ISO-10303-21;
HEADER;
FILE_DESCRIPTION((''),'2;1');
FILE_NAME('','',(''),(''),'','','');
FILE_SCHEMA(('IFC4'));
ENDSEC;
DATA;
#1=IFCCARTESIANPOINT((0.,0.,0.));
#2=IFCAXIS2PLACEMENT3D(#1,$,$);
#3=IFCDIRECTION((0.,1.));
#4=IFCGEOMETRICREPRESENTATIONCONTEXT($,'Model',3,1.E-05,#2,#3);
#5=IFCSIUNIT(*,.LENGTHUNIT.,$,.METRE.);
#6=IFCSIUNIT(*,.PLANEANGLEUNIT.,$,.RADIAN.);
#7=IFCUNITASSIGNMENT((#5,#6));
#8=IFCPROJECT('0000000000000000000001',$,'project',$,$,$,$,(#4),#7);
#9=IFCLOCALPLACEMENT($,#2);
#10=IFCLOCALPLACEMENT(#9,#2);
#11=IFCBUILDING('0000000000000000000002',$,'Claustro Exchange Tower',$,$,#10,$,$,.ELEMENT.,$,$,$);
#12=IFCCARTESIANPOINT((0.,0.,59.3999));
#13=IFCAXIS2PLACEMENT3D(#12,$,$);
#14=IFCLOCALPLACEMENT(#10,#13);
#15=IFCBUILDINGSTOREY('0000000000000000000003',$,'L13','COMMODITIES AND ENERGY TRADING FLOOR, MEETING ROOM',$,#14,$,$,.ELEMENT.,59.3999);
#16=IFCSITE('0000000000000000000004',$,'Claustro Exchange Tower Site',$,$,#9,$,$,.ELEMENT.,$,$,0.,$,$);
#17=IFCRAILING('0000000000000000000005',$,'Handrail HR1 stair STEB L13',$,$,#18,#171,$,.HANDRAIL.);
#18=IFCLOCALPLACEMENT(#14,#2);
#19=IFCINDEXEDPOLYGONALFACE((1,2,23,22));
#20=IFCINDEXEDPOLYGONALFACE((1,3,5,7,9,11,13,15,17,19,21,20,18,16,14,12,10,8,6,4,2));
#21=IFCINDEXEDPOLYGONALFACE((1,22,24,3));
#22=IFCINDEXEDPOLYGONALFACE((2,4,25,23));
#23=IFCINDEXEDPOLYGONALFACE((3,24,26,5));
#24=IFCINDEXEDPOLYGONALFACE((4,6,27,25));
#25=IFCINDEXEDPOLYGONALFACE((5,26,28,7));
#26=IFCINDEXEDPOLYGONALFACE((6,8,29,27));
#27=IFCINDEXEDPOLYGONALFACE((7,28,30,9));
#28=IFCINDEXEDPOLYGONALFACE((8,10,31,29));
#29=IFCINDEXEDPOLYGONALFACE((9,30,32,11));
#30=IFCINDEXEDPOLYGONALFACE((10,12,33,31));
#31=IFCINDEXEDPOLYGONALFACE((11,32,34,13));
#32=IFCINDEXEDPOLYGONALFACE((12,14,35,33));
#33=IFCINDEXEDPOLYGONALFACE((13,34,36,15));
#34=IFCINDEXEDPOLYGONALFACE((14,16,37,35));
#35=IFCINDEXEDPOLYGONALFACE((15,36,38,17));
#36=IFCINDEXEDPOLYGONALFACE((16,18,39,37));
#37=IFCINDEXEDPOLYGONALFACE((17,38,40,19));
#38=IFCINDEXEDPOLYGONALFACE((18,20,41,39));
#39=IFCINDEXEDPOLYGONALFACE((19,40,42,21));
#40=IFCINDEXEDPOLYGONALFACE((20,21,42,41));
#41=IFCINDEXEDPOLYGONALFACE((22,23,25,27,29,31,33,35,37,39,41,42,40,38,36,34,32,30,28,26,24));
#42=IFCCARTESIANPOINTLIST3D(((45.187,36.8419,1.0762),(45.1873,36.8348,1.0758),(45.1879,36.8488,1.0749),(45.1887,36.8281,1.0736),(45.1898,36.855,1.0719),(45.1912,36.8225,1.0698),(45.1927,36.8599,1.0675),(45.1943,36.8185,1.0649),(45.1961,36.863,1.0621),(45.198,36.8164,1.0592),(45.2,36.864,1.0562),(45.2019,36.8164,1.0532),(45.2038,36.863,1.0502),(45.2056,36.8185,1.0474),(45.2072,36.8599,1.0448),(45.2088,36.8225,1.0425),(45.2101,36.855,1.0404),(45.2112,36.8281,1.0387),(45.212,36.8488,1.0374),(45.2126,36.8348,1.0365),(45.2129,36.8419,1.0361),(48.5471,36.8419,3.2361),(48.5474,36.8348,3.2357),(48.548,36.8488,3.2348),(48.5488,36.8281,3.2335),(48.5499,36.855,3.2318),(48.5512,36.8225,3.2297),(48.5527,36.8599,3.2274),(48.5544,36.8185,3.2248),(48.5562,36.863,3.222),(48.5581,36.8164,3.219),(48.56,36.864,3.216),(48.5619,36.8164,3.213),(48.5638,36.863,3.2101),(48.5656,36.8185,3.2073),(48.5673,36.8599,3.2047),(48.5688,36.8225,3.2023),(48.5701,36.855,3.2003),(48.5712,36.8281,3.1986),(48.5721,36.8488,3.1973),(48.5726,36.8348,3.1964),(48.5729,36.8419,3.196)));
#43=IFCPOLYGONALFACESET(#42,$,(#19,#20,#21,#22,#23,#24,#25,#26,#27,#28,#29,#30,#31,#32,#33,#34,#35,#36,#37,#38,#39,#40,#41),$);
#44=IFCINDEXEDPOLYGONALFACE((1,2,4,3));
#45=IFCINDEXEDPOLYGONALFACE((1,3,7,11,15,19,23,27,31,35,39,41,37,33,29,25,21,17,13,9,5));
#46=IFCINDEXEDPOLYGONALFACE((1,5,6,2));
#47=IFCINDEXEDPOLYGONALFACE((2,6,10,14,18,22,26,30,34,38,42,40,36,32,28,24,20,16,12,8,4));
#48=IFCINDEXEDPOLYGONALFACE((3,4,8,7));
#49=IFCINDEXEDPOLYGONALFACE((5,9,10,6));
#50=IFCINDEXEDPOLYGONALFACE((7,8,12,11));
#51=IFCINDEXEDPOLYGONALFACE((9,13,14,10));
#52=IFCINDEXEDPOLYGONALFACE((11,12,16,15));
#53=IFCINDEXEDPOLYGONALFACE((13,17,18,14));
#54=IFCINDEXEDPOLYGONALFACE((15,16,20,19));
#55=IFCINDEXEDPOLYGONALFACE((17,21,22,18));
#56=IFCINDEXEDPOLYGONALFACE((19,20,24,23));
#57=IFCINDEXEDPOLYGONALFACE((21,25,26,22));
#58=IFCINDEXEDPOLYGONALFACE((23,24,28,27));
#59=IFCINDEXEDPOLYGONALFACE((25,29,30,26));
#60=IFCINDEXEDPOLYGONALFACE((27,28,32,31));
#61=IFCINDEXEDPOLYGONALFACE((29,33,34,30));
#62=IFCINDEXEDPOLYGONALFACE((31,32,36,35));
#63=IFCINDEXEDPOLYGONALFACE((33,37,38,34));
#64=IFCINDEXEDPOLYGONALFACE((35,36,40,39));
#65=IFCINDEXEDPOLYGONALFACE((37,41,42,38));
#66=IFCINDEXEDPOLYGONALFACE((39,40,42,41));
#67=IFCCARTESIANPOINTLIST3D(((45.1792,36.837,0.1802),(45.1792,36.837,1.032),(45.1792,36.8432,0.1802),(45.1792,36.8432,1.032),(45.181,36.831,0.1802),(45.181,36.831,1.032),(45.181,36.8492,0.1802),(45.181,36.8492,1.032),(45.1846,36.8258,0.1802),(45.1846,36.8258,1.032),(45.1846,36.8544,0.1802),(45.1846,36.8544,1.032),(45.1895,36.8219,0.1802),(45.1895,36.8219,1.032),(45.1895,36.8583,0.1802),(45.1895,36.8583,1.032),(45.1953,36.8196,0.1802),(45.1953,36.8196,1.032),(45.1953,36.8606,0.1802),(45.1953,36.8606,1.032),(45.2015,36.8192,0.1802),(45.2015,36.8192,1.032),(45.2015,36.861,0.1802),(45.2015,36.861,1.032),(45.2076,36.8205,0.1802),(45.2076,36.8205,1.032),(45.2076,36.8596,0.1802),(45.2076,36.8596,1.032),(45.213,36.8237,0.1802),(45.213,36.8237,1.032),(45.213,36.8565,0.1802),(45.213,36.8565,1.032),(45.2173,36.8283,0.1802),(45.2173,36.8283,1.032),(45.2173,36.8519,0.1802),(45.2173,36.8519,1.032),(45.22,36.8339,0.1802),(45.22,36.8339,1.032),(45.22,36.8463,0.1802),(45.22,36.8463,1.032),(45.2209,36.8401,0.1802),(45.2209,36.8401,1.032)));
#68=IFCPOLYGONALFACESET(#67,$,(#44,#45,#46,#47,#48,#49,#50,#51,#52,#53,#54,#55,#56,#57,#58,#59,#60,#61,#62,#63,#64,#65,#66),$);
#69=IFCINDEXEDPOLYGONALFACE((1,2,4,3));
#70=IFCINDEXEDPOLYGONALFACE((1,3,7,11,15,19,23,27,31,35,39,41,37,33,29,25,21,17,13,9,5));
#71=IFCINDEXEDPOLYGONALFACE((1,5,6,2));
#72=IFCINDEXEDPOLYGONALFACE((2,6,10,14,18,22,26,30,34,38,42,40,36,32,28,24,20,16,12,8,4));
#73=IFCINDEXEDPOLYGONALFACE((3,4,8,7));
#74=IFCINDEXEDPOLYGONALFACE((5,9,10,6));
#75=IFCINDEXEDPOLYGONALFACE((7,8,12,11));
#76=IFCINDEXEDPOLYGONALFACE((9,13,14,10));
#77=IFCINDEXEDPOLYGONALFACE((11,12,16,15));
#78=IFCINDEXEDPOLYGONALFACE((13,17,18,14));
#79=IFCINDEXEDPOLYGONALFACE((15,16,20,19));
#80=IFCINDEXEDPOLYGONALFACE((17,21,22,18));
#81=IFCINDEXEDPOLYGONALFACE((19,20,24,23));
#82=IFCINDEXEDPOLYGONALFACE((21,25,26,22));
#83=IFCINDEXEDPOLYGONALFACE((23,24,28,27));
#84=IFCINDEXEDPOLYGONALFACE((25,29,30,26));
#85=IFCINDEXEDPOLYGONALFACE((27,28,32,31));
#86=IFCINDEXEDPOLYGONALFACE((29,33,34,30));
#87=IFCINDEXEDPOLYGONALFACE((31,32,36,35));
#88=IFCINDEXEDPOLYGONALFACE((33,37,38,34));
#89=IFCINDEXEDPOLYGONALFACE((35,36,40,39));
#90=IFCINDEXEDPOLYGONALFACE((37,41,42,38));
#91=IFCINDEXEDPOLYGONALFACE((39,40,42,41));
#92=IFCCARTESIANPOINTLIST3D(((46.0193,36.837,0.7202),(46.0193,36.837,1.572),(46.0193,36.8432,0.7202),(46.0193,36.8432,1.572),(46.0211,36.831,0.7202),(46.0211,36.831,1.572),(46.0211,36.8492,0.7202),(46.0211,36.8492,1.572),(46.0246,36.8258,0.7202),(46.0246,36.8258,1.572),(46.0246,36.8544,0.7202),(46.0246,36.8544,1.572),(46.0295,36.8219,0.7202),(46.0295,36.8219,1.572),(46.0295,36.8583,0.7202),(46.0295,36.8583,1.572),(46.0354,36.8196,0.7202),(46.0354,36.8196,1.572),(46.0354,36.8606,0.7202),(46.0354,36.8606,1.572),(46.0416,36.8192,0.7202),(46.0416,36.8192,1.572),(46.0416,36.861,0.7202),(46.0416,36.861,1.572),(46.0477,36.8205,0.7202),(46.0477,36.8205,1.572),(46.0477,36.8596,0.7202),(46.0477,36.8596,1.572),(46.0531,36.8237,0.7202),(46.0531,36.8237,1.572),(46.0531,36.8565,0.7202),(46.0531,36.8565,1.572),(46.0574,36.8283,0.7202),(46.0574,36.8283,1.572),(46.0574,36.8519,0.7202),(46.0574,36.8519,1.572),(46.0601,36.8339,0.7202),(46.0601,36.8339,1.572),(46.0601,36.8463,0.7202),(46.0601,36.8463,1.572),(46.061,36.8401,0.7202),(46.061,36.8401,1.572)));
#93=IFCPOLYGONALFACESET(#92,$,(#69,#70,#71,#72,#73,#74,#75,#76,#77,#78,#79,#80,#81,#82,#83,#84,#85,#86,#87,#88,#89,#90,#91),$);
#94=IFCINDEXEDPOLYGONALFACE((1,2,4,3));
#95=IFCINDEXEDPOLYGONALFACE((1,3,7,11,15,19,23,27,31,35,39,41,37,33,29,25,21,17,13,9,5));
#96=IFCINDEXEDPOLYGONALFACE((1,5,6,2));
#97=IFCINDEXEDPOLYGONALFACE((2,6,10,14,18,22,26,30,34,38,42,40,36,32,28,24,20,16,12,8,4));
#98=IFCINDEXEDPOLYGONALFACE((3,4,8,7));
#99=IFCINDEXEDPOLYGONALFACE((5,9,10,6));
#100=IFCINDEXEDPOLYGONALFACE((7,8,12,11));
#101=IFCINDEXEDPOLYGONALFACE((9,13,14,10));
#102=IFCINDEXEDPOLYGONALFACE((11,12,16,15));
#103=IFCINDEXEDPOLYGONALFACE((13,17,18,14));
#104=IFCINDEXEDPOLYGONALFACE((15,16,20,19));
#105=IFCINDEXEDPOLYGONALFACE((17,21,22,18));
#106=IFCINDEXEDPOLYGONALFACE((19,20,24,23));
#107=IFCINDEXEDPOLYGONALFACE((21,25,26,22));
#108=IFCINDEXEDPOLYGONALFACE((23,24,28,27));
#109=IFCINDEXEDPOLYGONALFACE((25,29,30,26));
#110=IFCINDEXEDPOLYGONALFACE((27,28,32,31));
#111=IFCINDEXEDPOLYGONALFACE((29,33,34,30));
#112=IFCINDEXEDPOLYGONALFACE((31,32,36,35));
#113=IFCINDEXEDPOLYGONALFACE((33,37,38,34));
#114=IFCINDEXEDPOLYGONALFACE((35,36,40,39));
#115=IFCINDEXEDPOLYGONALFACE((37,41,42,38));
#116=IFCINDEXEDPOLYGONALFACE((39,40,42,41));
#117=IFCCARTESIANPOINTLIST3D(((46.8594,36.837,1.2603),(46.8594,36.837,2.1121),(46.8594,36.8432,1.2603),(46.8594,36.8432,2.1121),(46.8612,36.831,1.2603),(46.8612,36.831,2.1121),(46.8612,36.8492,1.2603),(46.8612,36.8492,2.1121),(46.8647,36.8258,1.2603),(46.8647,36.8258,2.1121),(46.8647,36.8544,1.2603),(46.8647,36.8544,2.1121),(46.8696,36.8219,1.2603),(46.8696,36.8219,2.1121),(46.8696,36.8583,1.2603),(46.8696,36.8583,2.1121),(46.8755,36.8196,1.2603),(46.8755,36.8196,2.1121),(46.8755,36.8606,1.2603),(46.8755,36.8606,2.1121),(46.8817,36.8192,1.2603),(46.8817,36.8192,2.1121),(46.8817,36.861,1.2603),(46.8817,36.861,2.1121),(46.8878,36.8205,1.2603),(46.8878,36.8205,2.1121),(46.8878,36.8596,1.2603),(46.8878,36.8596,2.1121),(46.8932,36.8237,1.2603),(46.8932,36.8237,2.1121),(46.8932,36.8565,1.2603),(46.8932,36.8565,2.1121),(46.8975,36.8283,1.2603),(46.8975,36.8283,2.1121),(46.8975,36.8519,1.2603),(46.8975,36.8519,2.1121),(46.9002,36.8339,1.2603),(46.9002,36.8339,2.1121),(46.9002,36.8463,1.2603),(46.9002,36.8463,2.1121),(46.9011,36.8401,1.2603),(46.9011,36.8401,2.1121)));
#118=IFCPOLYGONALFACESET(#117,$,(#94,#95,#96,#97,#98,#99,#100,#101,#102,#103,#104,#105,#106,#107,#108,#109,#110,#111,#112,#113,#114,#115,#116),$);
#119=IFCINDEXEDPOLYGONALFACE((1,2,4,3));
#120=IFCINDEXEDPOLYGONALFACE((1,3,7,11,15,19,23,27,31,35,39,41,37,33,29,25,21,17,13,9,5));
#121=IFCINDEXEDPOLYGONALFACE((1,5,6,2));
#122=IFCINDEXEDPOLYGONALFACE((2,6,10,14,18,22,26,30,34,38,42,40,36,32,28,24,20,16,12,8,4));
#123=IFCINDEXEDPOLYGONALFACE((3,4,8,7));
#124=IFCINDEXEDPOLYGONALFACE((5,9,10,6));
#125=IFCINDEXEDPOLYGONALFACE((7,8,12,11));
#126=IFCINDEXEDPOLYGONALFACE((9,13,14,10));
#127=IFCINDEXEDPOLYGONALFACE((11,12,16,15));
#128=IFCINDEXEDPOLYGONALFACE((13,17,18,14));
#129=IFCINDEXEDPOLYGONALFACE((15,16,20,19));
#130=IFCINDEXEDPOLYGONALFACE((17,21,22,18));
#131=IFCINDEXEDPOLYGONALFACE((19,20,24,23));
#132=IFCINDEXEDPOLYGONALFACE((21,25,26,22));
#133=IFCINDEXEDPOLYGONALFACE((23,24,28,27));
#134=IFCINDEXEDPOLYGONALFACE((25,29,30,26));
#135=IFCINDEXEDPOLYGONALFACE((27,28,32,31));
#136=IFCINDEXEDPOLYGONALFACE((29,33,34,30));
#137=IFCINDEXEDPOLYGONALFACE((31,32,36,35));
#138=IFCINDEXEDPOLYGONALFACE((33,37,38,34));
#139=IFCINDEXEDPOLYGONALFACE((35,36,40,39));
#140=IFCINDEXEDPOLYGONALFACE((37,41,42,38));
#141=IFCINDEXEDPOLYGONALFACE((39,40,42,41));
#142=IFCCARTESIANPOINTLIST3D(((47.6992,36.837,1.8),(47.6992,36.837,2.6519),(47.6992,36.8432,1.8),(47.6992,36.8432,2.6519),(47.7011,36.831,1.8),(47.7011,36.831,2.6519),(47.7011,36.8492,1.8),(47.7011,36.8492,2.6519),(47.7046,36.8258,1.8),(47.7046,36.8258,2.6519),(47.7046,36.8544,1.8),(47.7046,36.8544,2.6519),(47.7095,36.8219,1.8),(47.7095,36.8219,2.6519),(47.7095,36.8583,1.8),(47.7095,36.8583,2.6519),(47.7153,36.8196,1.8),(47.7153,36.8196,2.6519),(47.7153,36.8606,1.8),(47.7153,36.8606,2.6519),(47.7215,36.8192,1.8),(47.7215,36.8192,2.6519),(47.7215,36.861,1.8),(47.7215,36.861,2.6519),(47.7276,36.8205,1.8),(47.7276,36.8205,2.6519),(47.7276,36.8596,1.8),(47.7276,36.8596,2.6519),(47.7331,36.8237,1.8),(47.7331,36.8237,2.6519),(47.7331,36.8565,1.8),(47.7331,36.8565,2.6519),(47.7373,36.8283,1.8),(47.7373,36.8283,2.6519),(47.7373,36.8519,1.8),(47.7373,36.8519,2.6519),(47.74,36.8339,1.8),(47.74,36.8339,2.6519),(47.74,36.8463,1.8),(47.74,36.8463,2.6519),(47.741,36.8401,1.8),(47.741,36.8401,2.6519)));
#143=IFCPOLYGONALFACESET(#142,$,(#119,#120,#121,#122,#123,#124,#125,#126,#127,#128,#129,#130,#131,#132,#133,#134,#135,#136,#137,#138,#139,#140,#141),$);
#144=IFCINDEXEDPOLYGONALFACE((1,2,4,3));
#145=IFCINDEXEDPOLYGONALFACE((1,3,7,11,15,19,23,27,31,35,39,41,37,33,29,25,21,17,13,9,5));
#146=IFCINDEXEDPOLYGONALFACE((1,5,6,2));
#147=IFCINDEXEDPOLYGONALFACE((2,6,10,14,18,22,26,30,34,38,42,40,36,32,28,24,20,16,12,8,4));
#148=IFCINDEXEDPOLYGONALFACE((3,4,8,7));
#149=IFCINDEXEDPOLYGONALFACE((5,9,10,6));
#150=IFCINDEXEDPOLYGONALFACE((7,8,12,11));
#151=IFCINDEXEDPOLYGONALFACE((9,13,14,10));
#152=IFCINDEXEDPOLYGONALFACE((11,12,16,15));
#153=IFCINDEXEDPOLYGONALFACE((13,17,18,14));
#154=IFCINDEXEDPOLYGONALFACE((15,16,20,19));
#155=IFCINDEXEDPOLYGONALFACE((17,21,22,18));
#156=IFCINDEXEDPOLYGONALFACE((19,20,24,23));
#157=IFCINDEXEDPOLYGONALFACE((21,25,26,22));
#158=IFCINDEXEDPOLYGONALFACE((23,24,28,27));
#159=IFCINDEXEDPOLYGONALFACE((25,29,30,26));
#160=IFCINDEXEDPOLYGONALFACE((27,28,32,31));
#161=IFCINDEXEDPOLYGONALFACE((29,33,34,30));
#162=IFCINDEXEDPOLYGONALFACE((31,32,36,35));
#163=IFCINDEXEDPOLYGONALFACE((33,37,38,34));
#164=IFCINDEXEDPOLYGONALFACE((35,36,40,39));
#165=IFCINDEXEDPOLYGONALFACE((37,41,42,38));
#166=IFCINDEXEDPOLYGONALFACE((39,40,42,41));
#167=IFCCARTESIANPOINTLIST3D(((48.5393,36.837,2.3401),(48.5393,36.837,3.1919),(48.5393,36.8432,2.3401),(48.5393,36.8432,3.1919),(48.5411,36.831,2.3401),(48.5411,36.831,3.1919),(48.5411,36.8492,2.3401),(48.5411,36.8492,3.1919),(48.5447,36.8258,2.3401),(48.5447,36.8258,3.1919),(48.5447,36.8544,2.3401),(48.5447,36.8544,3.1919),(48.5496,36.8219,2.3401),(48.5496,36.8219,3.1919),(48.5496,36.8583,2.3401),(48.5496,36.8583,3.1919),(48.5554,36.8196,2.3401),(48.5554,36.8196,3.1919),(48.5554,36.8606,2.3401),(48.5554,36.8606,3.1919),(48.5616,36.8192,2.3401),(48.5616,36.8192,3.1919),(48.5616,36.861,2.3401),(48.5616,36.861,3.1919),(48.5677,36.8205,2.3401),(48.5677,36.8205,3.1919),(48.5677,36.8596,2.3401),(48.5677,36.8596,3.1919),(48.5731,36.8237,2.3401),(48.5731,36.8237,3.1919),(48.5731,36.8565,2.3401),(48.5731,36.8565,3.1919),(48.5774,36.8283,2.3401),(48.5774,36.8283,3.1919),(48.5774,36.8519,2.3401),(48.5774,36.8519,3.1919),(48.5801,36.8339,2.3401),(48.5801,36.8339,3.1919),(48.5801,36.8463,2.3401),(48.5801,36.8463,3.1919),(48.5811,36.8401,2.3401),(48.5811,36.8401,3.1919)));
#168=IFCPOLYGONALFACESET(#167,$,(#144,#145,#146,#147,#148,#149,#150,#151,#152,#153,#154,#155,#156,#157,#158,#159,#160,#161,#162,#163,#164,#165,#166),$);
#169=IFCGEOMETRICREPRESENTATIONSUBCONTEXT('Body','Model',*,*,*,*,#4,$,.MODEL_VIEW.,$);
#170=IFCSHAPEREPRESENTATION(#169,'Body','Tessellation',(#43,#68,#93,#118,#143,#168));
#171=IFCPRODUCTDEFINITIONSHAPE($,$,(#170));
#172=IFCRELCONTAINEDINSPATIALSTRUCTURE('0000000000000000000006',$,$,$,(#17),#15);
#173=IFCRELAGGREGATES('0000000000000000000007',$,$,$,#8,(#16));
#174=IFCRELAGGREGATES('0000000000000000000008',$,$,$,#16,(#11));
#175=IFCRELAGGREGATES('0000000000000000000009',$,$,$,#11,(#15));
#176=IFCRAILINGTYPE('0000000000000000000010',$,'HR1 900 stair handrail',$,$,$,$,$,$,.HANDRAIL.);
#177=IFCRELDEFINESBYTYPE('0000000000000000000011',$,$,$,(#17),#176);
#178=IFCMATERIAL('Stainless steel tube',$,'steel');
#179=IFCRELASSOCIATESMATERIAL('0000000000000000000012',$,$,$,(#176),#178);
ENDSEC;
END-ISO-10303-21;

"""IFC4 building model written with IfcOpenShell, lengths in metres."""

from ifc_helpers import new_model, si_unit, direction, frame, origin, origin_2d, place, context, subcontext, project, spatial, circle, extrude, material, type_object, element, save


model = new_model("IFC4")

# Units and contexts
model_context = context("Model", 3, precision=1e-05, world=origin(), true_north=direction((0.0, 1.0)))
body_context = subcontext(model_context, "Body", "Model", "MODEL_VIEW")
ifc_project = project(units=[si_unit("LENGTHUNIT", "METRE"), si_unit("PLANEANGLEUNIT", "RADIAN")], contexts=[model_context])

# Site, building, storey
site_placement = place(None, origin())
site = spatial("IfcSite", under=ifc_project, at=site_placement, Name="Claustro Exchange Tower Site", CompositionType="ELEMENT", RefElevation=0.0)
building_placement = place(site_placement, origin())
building = spatial("IfcBuilding", under=site, at=building_placement, Name="Claustro Exchange Tower", CompositionType="ELEMENT")
storey_placement = place(building_placement, frame((0.0, 0.0, 59.3999)))
storey = spatial("IfcBuildingStorey", under=building, at=storey_placement, Name="L13", Description="COMMODITIES AND ENERGY TRADING FLOOR, MEETING ROOM", CompositionType="ELEMENT", Elevation=59.3999)

# Railing
ifc_material_1 = material(Name="Stainless steel tube", Category="steel")
railing_type_1 = type_object("IfcRailingType", Name="HR1 900 stair handrail", PredefinedType="HANDRAIL", material=ifc_material_1)
railing_1_placement = place(storey_placement, frame((45.2, 36.8401, 0.1802)))
element("IfcRailing", 1, at=railing_1_placement, inside=storey, type_object=railing_type_1, Name="Handrail HR1 stair STEB L13", PredefinedType="HANDRAIL", context=body_context, shape_type="SweptSolid", body=[
    extrude(circle(Radius=0.0239, at=origin_2d()), frame((0.0, 0.0, 0.876), z_axis=(0.841196, 0.0, 0.54073), x_axis=(0.0, 1.0, 0.0)), (0.0, 0.0, 1.0), 3.9944),
    extrude(circle(Radius=0.021, at=origin_2d()), origin(), (0.0, 0.0, 1.0), 0.8518),
    extrude(circle(Radius=0.021, at=origin_2d()), frame((0.8401, 0.0, 0.54)), (0.0, 0.0, 1.0), 0.8518),
    extrude(circle(Radius=0.021, at=origin_2d()), frame((1.6802, 0.0, 1.0801)), (0.0, 0.0, 1.0), 0.8518),
    extrude(circle(Radius=0.021, at=origin_2d()), frame((2.52, 0.0, 1.6199)), (0.0, 0.0, 1.0), 0.8518),
    extrude(circle(Radius=0.021, at=origin_2d()), frame((3.3601, 0.0, 2.1599)), (0.0, 0.0, 1.0), 0.8518),
])

save(model, "model.ifc")
